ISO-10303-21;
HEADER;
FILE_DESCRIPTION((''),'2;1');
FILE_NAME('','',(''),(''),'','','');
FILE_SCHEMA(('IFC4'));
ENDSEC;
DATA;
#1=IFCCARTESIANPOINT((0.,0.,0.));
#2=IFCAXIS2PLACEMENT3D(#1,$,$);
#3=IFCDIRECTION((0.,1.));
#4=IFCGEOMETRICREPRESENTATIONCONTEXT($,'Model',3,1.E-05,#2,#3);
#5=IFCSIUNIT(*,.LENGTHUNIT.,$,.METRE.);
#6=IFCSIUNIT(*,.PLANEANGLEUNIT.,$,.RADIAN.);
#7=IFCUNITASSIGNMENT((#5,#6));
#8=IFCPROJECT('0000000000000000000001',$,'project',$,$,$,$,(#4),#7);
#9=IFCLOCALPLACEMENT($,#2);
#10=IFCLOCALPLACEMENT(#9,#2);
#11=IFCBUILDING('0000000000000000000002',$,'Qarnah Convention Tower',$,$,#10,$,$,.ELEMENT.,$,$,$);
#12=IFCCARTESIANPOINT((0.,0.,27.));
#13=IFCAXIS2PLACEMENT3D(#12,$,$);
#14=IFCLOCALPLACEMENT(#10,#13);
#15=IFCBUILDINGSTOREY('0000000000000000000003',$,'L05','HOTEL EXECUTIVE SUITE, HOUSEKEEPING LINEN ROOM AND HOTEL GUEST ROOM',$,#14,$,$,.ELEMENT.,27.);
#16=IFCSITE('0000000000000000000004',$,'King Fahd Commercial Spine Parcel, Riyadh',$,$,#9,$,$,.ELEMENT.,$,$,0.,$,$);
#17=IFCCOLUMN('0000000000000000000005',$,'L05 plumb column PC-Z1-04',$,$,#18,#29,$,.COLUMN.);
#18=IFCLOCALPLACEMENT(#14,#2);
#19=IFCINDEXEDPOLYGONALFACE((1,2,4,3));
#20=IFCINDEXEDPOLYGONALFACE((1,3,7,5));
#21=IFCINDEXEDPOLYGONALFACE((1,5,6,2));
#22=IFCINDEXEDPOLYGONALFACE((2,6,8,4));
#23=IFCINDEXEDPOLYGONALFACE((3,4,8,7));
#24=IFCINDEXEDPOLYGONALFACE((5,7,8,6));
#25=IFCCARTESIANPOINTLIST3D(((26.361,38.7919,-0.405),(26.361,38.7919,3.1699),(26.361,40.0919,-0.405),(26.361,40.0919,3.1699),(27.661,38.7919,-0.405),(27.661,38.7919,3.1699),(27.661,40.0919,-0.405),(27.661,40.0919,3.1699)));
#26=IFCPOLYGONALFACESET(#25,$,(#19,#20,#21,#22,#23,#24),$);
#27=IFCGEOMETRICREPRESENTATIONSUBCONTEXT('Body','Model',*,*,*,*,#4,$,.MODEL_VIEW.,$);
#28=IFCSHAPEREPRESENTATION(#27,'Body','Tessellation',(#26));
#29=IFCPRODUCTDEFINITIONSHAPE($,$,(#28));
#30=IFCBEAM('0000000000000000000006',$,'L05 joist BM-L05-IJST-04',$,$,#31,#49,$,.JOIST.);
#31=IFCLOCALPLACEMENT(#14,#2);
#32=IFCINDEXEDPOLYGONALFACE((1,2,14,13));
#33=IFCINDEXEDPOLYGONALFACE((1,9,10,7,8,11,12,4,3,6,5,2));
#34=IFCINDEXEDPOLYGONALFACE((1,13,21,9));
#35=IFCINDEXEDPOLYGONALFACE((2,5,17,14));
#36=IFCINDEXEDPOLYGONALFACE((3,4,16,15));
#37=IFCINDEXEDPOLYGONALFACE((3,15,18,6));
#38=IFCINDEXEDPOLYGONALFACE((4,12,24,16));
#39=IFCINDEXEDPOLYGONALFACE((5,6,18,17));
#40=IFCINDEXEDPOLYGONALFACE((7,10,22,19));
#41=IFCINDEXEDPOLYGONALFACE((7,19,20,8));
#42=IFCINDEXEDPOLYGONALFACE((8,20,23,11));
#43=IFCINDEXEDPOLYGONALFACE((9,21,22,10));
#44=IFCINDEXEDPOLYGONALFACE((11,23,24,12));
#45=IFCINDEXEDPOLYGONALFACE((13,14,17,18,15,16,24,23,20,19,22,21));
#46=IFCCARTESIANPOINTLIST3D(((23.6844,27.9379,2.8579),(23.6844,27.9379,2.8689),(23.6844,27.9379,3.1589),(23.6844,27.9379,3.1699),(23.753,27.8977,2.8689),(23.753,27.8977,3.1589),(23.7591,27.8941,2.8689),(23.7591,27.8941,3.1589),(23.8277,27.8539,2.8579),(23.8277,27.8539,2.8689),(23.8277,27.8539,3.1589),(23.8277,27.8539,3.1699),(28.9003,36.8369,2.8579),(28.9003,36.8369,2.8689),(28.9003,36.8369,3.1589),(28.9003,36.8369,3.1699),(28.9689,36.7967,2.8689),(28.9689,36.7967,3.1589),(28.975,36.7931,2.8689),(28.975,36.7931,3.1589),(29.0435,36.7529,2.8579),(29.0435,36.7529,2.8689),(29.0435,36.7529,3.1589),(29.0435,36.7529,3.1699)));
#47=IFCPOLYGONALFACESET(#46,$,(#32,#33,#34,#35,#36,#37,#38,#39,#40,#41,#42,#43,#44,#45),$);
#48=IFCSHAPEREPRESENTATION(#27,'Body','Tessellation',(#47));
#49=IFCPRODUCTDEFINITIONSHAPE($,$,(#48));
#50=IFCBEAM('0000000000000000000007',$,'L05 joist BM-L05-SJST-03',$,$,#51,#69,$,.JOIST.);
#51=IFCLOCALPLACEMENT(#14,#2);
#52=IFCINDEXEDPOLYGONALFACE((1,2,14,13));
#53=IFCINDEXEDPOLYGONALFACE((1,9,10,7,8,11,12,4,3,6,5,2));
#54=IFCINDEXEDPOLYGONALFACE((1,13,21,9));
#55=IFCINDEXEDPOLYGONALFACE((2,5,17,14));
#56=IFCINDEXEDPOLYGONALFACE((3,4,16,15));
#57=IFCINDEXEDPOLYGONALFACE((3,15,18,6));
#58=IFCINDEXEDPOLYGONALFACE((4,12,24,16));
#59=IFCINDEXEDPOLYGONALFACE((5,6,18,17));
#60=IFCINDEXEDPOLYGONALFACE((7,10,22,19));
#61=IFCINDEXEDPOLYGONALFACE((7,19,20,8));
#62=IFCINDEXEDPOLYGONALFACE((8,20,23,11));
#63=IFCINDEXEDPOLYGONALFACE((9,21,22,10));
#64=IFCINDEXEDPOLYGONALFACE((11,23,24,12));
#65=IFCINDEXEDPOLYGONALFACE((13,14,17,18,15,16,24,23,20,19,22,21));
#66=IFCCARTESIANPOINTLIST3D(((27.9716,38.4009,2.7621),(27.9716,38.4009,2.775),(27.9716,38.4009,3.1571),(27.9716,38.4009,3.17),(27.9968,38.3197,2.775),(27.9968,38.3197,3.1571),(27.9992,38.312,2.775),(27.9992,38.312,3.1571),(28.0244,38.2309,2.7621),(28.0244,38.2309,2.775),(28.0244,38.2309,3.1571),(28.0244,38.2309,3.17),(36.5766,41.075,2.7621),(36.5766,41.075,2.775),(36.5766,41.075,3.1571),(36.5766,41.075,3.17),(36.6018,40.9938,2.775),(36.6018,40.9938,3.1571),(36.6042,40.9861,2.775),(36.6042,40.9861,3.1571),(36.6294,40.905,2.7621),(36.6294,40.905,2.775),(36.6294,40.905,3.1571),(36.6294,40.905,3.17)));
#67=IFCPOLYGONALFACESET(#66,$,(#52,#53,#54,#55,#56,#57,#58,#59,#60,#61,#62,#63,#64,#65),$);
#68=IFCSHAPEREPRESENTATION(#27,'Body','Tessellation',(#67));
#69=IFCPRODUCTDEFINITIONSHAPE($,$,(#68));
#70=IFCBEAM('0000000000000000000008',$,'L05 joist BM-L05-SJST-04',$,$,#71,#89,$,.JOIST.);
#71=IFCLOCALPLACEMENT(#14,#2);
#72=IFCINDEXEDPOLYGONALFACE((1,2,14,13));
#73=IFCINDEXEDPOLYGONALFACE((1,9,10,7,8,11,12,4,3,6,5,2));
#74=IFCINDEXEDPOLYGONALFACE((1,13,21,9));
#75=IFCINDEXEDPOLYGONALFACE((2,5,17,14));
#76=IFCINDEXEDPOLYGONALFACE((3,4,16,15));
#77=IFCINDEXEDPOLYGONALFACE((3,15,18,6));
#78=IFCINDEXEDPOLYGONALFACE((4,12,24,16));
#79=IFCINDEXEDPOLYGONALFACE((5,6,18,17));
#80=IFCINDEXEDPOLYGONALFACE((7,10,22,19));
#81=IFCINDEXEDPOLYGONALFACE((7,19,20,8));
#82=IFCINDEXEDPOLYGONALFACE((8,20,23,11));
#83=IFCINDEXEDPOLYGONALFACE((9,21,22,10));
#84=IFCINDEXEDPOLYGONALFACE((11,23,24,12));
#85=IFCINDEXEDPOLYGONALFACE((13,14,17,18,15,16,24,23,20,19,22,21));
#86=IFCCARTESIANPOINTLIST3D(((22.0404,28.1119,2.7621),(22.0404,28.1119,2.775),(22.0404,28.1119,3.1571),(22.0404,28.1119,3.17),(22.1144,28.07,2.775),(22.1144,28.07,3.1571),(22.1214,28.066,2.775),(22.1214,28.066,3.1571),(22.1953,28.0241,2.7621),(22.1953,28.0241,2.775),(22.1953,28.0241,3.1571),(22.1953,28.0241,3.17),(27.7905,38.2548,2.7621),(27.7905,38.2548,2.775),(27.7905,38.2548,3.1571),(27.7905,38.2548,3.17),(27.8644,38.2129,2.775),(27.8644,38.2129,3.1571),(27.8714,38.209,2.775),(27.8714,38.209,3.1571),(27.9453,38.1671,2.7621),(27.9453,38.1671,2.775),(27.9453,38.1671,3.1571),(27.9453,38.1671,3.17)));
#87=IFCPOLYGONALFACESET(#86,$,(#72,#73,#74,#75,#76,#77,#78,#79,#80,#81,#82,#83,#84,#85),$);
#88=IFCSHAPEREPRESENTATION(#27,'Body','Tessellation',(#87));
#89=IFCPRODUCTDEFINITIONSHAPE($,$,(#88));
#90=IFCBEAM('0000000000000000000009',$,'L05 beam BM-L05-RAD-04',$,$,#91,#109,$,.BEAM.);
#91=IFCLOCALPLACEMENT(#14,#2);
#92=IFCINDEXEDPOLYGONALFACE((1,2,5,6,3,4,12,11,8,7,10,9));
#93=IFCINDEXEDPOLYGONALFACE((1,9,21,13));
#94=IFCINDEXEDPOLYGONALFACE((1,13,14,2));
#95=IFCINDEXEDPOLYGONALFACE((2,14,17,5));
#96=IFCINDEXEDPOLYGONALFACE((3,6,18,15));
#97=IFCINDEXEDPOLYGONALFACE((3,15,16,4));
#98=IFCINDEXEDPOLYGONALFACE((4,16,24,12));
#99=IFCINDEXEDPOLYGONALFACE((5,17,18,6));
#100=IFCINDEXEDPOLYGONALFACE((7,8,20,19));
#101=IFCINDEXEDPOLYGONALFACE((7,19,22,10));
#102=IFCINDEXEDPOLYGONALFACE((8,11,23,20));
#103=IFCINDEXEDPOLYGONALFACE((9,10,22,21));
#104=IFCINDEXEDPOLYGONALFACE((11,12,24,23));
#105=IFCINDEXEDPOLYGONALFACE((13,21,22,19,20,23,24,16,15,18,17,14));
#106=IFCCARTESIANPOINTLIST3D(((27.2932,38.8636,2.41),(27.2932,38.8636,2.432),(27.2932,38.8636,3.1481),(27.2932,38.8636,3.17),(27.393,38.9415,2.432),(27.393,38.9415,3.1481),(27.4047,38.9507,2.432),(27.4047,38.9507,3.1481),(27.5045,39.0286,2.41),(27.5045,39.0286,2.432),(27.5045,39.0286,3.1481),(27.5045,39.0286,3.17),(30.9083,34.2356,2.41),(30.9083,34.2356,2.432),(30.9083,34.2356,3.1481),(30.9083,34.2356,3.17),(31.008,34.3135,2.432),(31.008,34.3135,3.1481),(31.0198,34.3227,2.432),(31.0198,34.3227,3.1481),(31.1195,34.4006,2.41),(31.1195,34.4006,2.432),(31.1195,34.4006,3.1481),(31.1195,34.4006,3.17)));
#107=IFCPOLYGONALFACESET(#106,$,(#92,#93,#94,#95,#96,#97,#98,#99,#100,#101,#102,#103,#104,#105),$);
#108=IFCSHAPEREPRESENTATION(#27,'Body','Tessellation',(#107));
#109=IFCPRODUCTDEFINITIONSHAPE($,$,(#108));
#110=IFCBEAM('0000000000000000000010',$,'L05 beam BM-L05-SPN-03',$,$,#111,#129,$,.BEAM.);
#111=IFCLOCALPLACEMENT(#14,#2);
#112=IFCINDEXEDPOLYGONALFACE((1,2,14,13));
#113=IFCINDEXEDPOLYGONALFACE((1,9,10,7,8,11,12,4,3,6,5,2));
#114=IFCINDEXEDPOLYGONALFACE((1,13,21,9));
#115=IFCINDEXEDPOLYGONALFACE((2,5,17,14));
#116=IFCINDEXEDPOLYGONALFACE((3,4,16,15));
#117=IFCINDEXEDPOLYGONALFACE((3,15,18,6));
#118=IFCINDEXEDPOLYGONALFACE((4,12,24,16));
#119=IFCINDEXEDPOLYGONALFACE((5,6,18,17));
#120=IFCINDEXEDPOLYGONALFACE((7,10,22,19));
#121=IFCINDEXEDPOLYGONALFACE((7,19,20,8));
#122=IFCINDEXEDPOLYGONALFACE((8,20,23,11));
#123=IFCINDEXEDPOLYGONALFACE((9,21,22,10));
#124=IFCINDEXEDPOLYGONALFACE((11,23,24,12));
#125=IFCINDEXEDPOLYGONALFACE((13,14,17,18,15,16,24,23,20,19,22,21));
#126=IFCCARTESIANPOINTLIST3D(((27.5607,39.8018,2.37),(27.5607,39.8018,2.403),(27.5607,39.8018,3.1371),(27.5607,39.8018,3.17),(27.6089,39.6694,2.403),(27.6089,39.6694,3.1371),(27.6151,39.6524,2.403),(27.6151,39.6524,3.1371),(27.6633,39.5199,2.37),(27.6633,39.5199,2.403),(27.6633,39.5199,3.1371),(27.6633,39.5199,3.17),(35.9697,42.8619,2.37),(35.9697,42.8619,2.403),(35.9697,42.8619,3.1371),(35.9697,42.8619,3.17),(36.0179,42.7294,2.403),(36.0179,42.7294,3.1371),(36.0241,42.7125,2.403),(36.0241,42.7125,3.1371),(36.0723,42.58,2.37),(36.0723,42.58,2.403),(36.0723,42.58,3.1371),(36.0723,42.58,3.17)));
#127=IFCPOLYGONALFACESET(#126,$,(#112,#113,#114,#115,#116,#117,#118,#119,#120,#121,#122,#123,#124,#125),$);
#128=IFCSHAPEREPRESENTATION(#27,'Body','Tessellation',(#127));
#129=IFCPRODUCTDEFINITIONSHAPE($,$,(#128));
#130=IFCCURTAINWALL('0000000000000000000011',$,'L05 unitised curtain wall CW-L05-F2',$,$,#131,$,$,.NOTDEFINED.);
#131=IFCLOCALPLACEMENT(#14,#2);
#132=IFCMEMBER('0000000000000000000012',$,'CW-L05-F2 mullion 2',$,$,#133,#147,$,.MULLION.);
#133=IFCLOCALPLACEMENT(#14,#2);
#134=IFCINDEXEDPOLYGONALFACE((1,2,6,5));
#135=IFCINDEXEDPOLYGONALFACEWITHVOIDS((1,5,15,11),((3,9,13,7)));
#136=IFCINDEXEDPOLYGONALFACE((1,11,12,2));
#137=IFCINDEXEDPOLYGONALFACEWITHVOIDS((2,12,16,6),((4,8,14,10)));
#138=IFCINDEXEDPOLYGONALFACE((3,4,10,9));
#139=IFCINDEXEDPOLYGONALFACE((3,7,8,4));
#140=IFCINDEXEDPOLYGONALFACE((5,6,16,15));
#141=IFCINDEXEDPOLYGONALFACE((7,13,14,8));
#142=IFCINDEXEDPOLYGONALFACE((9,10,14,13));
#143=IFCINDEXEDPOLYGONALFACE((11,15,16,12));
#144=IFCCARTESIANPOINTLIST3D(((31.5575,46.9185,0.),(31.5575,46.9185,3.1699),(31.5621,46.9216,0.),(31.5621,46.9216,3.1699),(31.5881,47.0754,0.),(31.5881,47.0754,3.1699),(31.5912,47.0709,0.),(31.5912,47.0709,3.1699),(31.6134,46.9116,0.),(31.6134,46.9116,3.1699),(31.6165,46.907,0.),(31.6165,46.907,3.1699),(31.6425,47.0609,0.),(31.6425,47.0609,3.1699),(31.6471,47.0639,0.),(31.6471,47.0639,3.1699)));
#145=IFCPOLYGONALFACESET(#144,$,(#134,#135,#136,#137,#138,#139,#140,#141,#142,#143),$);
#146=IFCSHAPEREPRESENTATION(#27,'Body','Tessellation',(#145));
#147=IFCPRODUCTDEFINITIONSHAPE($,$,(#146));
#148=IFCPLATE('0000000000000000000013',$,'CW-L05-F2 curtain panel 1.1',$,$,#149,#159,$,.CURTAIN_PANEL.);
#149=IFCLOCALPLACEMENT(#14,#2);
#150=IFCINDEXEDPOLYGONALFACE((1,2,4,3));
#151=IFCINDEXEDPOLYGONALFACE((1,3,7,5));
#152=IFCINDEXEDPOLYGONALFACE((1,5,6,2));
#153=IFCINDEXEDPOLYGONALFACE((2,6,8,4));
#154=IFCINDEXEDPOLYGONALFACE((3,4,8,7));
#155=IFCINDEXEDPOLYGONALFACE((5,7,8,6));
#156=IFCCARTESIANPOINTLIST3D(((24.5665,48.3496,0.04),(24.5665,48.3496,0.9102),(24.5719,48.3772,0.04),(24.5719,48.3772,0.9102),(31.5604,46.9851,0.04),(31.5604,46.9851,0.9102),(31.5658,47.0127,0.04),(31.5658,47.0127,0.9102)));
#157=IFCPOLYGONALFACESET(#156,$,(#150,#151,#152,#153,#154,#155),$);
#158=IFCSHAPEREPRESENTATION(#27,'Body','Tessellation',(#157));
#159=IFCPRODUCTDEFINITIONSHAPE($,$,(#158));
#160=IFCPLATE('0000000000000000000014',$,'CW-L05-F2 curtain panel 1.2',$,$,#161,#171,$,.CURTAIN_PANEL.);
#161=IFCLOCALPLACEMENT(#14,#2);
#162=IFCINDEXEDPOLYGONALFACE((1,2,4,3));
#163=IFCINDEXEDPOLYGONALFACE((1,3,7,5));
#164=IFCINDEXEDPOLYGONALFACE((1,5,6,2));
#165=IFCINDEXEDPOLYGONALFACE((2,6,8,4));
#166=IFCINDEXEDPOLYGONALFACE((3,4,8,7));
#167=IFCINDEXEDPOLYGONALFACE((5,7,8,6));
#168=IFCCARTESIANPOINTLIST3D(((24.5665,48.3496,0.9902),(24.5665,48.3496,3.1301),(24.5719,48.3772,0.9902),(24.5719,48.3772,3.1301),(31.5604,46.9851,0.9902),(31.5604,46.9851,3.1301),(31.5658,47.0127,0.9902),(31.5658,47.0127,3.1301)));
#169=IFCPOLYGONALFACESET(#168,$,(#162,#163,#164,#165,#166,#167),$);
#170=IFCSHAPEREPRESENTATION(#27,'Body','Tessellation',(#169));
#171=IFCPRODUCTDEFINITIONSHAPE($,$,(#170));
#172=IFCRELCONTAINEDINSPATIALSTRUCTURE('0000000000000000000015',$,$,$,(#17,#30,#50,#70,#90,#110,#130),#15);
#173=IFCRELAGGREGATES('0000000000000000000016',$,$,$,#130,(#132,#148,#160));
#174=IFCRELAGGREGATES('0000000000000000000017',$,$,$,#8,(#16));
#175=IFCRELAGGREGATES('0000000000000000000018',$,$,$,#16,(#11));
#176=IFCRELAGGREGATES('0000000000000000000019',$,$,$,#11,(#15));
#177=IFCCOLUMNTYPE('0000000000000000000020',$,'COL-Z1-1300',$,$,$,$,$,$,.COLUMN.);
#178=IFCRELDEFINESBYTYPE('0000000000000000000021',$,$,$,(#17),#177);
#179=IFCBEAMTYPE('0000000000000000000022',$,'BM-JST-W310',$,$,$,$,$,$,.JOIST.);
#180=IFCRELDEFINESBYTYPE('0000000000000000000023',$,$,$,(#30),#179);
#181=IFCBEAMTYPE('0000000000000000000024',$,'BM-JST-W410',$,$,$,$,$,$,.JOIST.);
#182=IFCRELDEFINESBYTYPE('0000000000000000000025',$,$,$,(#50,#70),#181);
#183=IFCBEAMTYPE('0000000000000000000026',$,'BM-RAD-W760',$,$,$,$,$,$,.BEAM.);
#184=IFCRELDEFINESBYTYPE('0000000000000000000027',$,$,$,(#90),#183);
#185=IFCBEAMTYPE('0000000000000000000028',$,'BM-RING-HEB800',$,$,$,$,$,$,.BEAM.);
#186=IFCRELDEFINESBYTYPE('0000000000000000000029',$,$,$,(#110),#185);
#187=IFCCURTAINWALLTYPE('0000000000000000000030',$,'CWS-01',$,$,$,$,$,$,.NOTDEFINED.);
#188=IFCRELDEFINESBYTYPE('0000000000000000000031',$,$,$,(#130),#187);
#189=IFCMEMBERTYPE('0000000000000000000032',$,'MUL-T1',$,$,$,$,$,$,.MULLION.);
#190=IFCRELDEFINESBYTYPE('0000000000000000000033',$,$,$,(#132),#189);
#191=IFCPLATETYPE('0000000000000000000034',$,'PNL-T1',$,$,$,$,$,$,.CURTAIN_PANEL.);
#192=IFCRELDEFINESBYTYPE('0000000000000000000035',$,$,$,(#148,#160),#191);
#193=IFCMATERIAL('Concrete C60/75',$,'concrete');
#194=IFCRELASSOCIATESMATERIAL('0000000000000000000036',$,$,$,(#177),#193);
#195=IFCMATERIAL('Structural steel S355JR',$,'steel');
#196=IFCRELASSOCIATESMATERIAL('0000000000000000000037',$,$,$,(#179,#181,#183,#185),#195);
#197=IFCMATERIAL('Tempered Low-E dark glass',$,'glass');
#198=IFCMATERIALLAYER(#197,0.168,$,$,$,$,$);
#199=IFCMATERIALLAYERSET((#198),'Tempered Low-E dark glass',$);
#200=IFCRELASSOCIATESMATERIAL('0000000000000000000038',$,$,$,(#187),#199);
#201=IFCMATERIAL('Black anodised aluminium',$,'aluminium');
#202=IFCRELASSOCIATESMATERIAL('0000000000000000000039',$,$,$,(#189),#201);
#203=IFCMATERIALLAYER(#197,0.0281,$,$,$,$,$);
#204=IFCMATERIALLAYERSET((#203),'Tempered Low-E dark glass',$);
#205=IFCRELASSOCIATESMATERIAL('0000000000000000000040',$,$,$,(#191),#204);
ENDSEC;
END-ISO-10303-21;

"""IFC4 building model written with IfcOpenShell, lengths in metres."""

from ifc_helpers import new_model, si_unit, direction, frame, origin, origin_2d, place, context, subcontext, project, spatial, rectangle, hollow_rectangle, i_section, extrude, material, layer, layer_set, material_profile, profile_set, type_object, element, aggregate, save


model = new_model("IFC4")

# Units and contexts
model_context = context("Model", 3, precision=1e-05, world=origin(), true_north=direction((0.0, 1.0)))
body_context = subcontext(model_context, "Body", "Model", "MODEL_VIEW")
ifc_project = project(units=[si_unit("LENGTHUNIT", "METRE"), si_unit("PLANEANGLEUNIT", "RADIAN")], contexts=[model_context])

# Site, building, storey
site_placement = place(None, origin())
site = spatial("IfcSite", under=ifc_project, at=site_placement, Name="King Fahd Commercial Spine Parcel, Riyadh", CompositionType="ELEMENT", RefElevation=0.0)
building_placement = place(site_placement, origin())
building = spatial("IfcBuilding", under=site, at=building_placement, Name="Qarnah Convention Tower", CompositionType="ELEMENT")
storey_placement = place(building_placement, frame((0.0, 0.0, 27.0)))
storey = spatial("IfcBuildingStorey", under=building, at=storey_placement, Name="L05", Description="HOTEL EXECUTIVE SUITE, HOUSEKEEPING LINEN ROOM AND HOTEL GUEST ROOM", CompositionType="ELEMENT", Elevation=27.0)

# Column
ifc_material_1 = material(Name="Concrete C60/75", Category="concrete")
ifc_material_profile_1 = material_profile(ifc_material_1, rectangle(XDim=1.3, YDim=1.3, at=origin_2d()), Name="RC-COL-1300X1300")
ifc_profile_set_1 = profile_set([ifc_material_profile_1], Name="Concrete C60/75")
column_type = type_object("IfcColumnType", Name="COL-Z1-1300", PredefinedType="COLUMN", material=ifc_profile_set_1)
column_placement = place(storey_placement, frame((27.011, 39.4419, -0.405), z_axis=(0.0, 0.0, 1.0), x_axis=(1.0, 0.0, 0.0)))
element("IfcColumn", 1, at=column_placement, inside=storey, type_object=column_type, Name="L05 plumb column PC-Z1-04", PredefinedType="COLUMN", context=body_context, shape_type="SweptSolid", body=[
    extrude(rectangle(XDim=1.3, YDim=1.3, at=origin_2d()), origin(), (0.0, 0.0, 1.0), 3.575),
])

# Beams
ifc_material_2 = material(Name="Structural steel S355JR", Category="steel")
ifc_material_profile_2 = material_profile(ifc_material_2, i_section(OverallWidth=0.166, OverallDepth=0.312, WebThickness=0.0071, FlangeThickness=0.011, at=origin_2d()), Name="W310X45")
ifc_profile_set_2 = profile_set([ifc_material_profile_2], Name="Structural steel S355JR")
beam_type_1 = type_object("IfcBeamType", Name="BM-JST-W310", PredefinedType="JOIST", material=ifc_profile_set_2)
beam_1_placement = place(storey_placement, frame((28.9719, 36.7949, 3.0139), z_axis=(-0.505662, -0.862731, 0.0), x_axis=(0.862731, -0.505662, 0.0)))
element("IfcBeam", 2, at=beam_1_placement, inside=storey, type_object=beam_type_1, Name="L05 joist BM-L05-IJST-04", PredefinedType="JOIST", context=body_context, shape_type="SweptSolid", body=[
    extrude(i_section(OverallWidth=0.166, OverallDepth=0.312, WebThickness=0.0071, FlangeThickness=0.011, at=origin_2d()), origin(), (0.0, 0.0, 1.0), 10.3149),
])
ifc_material_profile_3 = material_profile(ifc_material_2, i_section(OverallWidth=0.178, OverallDepth=0.408, WebThickness=0.0081, FlangeThickness=0.0129, at=origin_2d()), Name="W410X60")
ifc_profile_set_3 = profile_set([ifc_material_profile_3], Name="Structural steel S355JR")
beam_type_2 = type_object("IfcBeamType", Name="BM-JST-W410", PredefinedType="JOIST", material=ifc_profile_set_3)
beam_2_placement = place(storey_placement, frame((36.603, 40.99, 2.9661), z_axis=(-0.954952, -0.29676, 0.0), x_axis=(0.29676, -0.954952, 0.0)))
element("IfcBeam", 3, at=beam_2_placement, inside=storey, type_object=beam_type_2, Name="L05 joist BM-L05-SJST-03", PredefinedType="JOIST", context=body_context, shape_type="SweptSolid", body=[
    extrude(i_section(OverallWidth=0.178, OverallDepth=0.408, WebThickness=0.0081, FlangeThickness=0.0129, at=origin_2d()), origin(), (0.0, 0.0, 1.0), 9.011),
])
beam_3_placement = place(storey_placement, frame((27.8679, 38.2109, 2.9661), z_axis=(-0.493168, -0.869934, 0.0), x_axis=(0.869934, -0.493168, 0.0)))
element("IfcBeam", 4, at=beam_3_placement, inside=storey, type_object=beam_type_2, Name="L05 joist BM-L05-SJST-04", PredefinedType="JOIST", context=body_context, shape_type="SweptSolid", body=[
    extrude(i_section(OverallWidth=0.178, OverallDepth=0.408, WebThickness=0.0081, FlangeThickness=0.0129, at=origin_2d()), origin(), (0.0, 0.0, 1.0), 11.6594),
])
ifc_material_profile_4 = material_profile(ifc_material_2, i_section(OverallWidth=0.2681, OverallDepth=0.76, WebThickness=0.0149, FlangeThickness=0.022, at=origin_2d()), Name="W760X185")
ifc_profile_set_4 = profile_set([ifc_material_profile_4], Name="Structural steel S355JR")
beam_type_3 = type_object("IfcBeamType", Name="BM-RAD-W760", PredefinedType="BEAM", material=ifc_profile_set_4)
beam_4_placement = place(storey_placement, frame((31.0139, 34.3181, 2.79), z_axis=(-0.615583, 0.788072, 0.0), x_axis=(-0.788072, -0.615583, 0.0)))
element("IfcBeam", 5, at=beam_4_placement, inside=storey, type_object=beam_type_3, Name="L05 beam BM-L05-RAD-04", PredefinedType="BEAM", context=body_context, shape_type="SweptSolid", body=[
    extrude(i_section(OverallWidth=0.2681, OverallDepth=0.76, WebThickness=0.0149, FlangeThickness=0.022, at=origin_2d()), origin(), (0.0, 0.0, 1.0), 5.8726),
])
ifc_material_profile_5 = material_profile(ifc_material_2, i_section(OverallWidth=0.3, OverallDepth=0.8, WebThickness=0.0181, FlangeThickness=0.033, at=origin_2d()), Name="HEB800")
ifc_profile_set_5 = profile_set([ifc_material_profile_5], Name="Structural steel S355JR")
beam_type_4 = type_object("IfcBeamType", Name="BM-RING-HEB800", PredefinedType="BEAM", material=ifc_profile_set_5)
beam_5_placement = place(storey_placement, frame((36.021, 42.7209, 2.77), z_axis=(-0.939712, -0.341966, 0.0), x_axis=(0.341966, -0.939712, 0.0)))
element("IfcBeam", 6, at=beam_5_placement, inside=storey, type_object=beam_type_4, Name="L05 beam BM-L05-SPN-03", PredefinedType="BEAM", context=body_context, shape_type="SweptSolid", body=[
    extrude(i_section(OverallWidth=0.3, OverallDepth=0.8, WebThickness=0.0181, FlangeThickness=0.033, at=origin_2d()), origin(), (0.0, 0.0, 1.0), 8.9485),
])

# Curtain wall, member, plates
ifc_material_3 = material(Name="Tempered Low-E dark glass", Category="glass")
ifc_layer_1 = layer(ifc_material_3, 0.168)
ifc_layer_set_1 = layer_set([ifc_layer_1], Name="Tempered Low-E dark glass")
curtain_wall_type = type_object("IfcCurtainWallType", Name="CWS-01", PredefinedType="NOTDEFINED", material=ifc_layer_set_1)
curtain_wall_placement = place(storey_placement, origin())
curtain_wall = element("IfcCurtainWall", 7, at=curtain_wall_placement, inside=storey, type_object=curtain_wall_type, Name="L05 unitised curtain wall CW-L05-F2", PredefinedType="NOTDEFINED")
ifc_material_4 = material(Name="Black anodised aluminium", Category="aluminium")
ifc_material_profile_6 = material_profile(ifc_material_4, hollow_rectangle(XDim=0.0601, YDim=0.1599, WallThickness=0.0039, at=origin_2d()), Name="MUL-60X160")
ifc_profile_set_6 = profile_set([ifc_material_profile_6], Name="Black anodised aluminium")
member_type = type_object("IfcMemberType", Name="MUL-T1", PredefinedType="MULLION", material=ifc_profile_set_6)
member_placement = place(storey_placement, frame((31.6023, 46.9912, 0.0), z_axis=(0.0, 0.0, 1.0), x_axis=(0.981495, -0.191486, 0.0)))
member = element("IfcMember", 8, at=member_placement, type_object=member_type, Name="CW-L05-F2 mullion 2", PredefinedType="MULLION", context=body_context, shape_type="SweptSolid", body=[
    extrude(hollow_rectangle(XDim=0.0601, YDim=0.1599, WallThickness=0.0039, at=origin_2d()), origin(), (0.0, 0.0, 1.0), 3.1699),
])
ifc_layer_2 = layer(ifc_material_3, 0.0281)
ifc_layer_set_2 = layer_set([ifc_layer_2], Name="Tempered Low-E dark glass")
plate_type = type_object("IfcPlateType", Name="PNL-T1", PredefinedType="CURTAIN_PANEL", material=ifc_layer_set_2)
plate_1_placement = place(storey_placement, frame((28.0662, 47.6812, 0.04), z_axis=(0.0, 0.0, 1.0), x_axis=(0.981495, -0.191486, 0.0)))
plate_1 = element("IfcPlate", 9, at=plate_1_placement, type_object=plate_type, Name="CW-L05-F2 curtain panel 1.1", PredefinedType="CURTAIN_PANEL", context=body_context, shape_type="SweptSolid", body=[
    extrude(rectangle(XDim=7.1257, YDim=0.0281, at=origin_2d()), origin(), (0.0, 0.0, 1.0), 0.8701),
])
plate_2_placement = place(storey_placement, frame((28.0662, 47.6812, 0.9902), z_axis=(0.0, 0.0, 1.0), x_axis=(0.981495, -0.191486, 0.0)))
plate_2 = element("IfcPlate", 10, at=plate_2_placement, type_object=plate_type, Name="CW-L05-F2 curtain panel 1.2", PredefinedType="CURTAIN_PANEL", context=body_context, shape_type="SweptSolid", body=[
    extrude(rectangle(XDim=7.1257, YDim=0.0281, at=origin_2d()), origin(), (0.0, 0.0, 1.0), 2.1399),
])
aggregate(curtain_wall, [member, plate_1, plate_2])

save(model, "model.ifc")
